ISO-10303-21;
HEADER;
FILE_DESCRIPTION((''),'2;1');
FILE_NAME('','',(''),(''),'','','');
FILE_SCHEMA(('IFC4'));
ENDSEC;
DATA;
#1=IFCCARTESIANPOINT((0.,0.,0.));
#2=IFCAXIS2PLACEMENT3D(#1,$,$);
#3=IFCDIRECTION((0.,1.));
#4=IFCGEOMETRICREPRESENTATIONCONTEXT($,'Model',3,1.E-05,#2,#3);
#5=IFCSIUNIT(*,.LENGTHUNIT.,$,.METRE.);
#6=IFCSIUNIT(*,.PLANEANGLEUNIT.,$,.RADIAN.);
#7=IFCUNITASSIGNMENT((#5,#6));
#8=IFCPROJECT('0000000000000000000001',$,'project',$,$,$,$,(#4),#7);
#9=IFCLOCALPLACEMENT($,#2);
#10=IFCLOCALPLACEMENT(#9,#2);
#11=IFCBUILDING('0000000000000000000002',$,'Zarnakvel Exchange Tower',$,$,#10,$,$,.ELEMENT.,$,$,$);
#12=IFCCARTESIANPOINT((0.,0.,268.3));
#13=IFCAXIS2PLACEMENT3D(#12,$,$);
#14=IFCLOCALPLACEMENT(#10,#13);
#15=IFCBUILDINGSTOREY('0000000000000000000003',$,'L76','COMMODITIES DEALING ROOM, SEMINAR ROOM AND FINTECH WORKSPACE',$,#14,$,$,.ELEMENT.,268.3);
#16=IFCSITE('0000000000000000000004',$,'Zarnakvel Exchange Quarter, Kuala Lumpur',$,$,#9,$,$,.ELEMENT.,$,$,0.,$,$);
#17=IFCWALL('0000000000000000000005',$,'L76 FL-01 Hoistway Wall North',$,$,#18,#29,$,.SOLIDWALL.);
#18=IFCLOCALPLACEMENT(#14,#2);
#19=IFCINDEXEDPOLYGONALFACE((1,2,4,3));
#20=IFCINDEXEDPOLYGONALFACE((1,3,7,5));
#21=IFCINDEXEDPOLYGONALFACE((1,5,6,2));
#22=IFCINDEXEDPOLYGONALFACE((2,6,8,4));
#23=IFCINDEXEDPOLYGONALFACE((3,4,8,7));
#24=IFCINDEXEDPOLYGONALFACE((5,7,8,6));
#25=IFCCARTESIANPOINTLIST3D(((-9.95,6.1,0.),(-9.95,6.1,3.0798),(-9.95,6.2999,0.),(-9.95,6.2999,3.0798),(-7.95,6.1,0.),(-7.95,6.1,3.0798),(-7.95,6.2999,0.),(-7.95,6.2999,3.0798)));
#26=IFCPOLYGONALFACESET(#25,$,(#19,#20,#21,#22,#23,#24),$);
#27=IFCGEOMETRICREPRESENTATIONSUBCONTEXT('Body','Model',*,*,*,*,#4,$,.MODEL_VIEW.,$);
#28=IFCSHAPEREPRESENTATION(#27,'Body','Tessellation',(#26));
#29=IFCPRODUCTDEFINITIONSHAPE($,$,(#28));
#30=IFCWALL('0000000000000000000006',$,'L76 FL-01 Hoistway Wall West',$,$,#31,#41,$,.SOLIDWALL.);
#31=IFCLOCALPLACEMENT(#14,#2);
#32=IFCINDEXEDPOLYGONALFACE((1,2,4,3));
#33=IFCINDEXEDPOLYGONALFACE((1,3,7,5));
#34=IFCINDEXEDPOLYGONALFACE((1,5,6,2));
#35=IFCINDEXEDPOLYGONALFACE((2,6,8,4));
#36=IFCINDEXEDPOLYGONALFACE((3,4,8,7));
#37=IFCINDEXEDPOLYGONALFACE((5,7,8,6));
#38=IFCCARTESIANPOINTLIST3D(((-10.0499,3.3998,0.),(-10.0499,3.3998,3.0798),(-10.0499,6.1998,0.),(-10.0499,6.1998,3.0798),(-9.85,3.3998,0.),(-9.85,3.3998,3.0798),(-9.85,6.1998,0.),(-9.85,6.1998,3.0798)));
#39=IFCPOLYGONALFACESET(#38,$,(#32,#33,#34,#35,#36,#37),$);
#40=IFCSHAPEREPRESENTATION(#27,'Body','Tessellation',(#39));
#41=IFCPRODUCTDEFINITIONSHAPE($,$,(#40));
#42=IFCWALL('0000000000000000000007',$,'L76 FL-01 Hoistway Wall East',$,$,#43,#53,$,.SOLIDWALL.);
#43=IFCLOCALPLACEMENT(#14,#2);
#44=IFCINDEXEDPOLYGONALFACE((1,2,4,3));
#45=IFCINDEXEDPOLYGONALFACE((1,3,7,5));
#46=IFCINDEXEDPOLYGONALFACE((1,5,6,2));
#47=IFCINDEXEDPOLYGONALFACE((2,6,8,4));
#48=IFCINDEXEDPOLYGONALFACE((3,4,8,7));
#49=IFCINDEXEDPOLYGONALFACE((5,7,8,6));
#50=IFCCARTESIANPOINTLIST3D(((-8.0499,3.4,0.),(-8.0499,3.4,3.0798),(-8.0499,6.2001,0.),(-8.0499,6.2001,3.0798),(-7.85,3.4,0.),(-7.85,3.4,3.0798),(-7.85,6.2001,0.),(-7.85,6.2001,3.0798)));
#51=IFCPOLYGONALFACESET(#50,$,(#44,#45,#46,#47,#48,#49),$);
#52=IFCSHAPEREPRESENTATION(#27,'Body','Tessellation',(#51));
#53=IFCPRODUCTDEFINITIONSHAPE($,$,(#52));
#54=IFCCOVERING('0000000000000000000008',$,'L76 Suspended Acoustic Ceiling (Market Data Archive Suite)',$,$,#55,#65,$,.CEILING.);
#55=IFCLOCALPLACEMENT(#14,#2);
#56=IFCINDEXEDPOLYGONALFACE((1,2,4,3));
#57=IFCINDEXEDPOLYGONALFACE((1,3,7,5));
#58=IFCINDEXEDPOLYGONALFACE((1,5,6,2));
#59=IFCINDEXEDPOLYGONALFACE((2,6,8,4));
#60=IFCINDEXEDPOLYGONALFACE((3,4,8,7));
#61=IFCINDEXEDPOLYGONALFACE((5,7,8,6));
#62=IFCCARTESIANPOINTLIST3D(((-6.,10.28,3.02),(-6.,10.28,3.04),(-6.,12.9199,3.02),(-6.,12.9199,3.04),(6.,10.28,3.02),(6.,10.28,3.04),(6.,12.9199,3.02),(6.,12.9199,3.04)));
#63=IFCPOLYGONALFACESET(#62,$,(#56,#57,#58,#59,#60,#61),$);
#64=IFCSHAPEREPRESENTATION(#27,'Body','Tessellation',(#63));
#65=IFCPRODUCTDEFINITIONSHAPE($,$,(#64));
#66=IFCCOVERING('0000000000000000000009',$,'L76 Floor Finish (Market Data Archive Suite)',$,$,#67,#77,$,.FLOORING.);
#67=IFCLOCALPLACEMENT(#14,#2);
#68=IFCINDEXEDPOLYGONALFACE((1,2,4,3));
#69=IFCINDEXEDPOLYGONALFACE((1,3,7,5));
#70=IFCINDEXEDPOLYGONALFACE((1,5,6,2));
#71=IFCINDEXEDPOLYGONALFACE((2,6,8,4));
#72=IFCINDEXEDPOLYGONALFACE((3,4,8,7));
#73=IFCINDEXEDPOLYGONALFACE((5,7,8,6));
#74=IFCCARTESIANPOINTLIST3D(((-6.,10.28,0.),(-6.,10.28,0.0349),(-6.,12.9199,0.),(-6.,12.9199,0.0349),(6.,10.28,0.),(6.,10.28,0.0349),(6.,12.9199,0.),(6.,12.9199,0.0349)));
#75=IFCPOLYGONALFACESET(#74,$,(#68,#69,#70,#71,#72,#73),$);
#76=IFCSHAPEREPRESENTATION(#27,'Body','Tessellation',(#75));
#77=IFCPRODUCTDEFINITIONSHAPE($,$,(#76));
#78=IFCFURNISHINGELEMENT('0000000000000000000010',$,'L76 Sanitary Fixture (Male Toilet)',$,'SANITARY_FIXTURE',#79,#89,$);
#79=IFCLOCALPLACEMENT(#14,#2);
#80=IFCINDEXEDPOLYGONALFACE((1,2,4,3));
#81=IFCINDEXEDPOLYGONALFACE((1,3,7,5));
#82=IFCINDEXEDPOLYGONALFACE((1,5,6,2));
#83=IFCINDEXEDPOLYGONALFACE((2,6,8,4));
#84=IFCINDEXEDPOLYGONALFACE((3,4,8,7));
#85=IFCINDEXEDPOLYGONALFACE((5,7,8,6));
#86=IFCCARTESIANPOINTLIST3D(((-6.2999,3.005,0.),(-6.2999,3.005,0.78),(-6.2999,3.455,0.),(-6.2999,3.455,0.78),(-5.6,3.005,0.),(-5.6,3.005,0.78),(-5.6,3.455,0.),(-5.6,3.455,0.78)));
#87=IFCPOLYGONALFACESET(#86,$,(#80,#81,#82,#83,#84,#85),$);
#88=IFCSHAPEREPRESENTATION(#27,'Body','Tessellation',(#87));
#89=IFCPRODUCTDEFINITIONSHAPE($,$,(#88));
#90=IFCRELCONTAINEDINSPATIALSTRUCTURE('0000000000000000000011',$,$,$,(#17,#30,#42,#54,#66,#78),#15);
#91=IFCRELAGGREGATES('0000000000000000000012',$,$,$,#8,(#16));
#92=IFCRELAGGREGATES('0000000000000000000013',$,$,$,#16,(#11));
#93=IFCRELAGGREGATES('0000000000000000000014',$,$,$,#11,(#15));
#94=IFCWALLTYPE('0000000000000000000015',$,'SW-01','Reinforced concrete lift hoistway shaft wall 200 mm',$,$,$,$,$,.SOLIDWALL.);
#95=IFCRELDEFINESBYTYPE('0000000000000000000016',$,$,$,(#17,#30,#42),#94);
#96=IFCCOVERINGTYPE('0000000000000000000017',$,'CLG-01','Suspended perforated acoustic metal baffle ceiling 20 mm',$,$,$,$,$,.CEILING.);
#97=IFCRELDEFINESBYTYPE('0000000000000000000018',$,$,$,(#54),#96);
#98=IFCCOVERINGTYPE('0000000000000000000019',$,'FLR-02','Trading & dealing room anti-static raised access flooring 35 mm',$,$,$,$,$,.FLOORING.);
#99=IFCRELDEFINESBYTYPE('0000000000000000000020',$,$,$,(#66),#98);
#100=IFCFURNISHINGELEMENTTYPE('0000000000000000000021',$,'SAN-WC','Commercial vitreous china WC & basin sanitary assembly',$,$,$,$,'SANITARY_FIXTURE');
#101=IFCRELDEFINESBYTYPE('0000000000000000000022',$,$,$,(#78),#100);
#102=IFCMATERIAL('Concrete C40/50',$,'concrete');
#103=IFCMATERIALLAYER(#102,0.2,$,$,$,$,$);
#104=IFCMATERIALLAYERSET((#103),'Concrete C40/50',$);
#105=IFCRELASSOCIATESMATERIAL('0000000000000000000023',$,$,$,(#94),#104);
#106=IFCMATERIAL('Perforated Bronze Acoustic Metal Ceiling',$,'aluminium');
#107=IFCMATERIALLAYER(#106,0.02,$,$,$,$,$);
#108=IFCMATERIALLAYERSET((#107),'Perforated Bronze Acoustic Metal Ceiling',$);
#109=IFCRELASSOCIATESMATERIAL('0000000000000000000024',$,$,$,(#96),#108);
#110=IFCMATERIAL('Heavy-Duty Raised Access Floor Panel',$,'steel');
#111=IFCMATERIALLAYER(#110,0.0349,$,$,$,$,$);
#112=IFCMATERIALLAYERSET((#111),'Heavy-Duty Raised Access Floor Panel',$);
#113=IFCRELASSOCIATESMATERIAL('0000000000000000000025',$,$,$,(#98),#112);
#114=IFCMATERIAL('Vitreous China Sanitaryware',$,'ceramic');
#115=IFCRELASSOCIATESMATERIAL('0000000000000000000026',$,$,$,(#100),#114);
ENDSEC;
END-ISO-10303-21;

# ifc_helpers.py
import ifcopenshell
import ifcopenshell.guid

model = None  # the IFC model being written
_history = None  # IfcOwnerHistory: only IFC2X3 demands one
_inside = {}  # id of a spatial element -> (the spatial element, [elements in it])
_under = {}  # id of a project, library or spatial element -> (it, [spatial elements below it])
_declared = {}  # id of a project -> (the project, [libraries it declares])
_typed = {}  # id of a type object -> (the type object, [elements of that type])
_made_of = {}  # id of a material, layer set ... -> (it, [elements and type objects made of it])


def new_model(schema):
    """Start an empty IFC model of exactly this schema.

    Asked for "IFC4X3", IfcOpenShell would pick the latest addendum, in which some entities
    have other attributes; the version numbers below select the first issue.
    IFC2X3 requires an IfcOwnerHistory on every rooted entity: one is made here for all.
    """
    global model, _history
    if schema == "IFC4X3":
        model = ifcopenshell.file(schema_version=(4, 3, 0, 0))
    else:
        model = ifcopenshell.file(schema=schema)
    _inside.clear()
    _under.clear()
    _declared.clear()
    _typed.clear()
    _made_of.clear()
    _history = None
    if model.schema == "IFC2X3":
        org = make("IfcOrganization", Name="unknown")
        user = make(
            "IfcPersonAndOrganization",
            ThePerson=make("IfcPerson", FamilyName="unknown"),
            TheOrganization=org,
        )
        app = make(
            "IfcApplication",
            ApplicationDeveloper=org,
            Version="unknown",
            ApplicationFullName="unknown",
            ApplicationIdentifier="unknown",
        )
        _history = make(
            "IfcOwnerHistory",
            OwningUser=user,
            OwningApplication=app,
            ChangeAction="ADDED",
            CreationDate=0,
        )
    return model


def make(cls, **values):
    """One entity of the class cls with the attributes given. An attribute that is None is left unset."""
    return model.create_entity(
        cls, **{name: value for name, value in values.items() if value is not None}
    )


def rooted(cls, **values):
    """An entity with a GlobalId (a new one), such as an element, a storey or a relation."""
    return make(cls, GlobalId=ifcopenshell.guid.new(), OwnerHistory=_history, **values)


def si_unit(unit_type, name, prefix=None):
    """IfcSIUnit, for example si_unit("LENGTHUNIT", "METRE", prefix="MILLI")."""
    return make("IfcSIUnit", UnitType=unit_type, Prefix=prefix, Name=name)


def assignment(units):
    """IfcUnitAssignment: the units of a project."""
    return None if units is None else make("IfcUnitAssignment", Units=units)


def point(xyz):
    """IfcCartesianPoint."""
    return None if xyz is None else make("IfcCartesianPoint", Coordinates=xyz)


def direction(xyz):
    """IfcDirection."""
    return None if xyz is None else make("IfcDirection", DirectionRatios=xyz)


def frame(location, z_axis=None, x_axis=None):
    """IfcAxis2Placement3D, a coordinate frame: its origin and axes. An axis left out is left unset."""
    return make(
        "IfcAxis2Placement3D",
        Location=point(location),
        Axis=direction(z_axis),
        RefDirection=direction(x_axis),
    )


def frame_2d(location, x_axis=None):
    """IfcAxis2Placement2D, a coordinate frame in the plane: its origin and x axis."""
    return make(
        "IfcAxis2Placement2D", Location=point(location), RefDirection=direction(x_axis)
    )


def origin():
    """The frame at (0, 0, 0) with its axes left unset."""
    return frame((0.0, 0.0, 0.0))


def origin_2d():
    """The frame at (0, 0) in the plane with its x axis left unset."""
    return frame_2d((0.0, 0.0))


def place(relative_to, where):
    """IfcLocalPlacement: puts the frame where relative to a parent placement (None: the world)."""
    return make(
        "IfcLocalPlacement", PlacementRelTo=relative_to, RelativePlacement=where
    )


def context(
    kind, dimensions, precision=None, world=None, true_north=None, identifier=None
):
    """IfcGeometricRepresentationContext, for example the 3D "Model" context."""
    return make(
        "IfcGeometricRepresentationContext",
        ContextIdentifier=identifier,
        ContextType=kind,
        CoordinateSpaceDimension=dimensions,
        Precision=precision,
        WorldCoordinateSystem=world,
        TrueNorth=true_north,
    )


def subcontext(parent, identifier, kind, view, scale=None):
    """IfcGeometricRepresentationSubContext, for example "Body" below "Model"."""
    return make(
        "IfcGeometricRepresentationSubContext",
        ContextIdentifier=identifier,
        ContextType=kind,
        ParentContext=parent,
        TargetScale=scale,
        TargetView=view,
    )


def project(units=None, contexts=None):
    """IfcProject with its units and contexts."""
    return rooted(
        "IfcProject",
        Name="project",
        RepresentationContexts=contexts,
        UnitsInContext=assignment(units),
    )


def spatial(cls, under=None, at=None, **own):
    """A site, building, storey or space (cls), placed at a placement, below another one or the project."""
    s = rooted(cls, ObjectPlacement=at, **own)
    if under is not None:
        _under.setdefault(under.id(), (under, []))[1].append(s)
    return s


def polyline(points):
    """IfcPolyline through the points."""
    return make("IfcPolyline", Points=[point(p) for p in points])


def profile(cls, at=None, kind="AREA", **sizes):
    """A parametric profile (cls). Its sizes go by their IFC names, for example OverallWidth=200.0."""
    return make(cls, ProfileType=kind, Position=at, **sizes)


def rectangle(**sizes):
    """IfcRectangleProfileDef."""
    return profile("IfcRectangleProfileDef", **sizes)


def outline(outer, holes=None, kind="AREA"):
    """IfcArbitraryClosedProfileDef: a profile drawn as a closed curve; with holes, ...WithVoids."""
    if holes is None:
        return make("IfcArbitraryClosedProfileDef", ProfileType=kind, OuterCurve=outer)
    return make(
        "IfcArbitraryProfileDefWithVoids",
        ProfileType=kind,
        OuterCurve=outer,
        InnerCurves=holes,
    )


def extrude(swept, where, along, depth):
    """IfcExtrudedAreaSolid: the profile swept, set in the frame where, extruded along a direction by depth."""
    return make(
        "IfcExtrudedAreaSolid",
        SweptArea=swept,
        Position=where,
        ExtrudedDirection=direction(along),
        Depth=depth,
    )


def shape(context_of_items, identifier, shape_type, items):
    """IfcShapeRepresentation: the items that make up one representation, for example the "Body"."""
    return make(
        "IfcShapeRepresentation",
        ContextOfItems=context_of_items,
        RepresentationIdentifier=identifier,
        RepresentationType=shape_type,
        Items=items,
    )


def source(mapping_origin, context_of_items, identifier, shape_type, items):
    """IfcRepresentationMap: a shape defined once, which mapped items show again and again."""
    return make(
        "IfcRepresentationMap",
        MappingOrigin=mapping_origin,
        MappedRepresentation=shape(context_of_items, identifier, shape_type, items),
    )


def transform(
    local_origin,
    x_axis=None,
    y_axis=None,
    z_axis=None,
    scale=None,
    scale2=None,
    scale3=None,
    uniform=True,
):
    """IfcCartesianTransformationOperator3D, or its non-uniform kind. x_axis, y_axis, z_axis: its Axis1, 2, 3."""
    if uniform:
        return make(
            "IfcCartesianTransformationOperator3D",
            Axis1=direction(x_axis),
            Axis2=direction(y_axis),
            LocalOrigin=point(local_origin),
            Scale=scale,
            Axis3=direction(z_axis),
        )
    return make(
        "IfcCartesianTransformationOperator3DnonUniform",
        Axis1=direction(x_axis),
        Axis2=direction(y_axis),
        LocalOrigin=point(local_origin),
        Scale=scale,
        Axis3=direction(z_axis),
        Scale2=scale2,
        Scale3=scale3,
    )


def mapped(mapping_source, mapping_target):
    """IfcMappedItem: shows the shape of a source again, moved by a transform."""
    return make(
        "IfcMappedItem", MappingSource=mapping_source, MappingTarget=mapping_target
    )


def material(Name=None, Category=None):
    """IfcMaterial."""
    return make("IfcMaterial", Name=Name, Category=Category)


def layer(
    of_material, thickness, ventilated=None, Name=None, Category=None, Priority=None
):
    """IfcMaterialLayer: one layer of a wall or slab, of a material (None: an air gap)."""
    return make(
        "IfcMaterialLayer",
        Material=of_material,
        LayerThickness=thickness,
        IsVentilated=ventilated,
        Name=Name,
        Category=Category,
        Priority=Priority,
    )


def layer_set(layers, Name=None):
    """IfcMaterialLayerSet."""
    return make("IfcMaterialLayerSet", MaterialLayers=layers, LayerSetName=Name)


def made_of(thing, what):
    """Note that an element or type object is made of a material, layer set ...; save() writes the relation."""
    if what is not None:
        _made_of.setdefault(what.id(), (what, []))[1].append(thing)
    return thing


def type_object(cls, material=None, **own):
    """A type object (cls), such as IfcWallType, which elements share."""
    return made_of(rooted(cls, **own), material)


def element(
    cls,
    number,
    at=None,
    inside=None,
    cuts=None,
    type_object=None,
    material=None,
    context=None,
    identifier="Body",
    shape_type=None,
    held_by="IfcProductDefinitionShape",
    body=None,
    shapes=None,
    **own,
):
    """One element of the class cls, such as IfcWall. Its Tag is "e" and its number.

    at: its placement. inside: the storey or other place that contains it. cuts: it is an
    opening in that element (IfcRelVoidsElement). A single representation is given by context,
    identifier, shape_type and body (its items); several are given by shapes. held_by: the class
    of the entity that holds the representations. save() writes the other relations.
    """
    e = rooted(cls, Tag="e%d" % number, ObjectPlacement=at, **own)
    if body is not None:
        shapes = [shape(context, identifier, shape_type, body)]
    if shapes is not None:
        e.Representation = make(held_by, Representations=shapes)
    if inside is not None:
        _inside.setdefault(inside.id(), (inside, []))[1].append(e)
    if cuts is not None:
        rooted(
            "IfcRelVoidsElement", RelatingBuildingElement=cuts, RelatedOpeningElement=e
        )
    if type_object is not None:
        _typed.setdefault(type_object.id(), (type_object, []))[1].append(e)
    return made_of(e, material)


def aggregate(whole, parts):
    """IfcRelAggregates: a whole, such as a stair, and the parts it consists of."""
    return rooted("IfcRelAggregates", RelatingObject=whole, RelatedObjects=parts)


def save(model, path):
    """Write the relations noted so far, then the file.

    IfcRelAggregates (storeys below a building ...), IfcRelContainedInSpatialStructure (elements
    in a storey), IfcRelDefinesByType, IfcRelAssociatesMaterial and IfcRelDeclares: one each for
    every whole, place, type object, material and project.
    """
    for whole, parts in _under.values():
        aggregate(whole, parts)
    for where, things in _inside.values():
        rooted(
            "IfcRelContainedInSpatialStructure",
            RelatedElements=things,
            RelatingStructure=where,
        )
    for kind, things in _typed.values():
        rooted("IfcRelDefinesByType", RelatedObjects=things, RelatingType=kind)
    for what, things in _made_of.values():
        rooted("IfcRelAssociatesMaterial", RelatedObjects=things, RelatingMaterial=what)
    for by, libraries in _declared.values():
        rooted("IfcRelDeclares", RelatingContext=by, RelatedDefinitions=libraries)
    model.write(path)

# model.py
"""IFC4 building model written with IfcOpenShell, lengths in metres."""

from ifc_helpers import new_model, si_unit, direction, frame, frame_2d, origin, origin_2d, place, context, subcontext, project, spatial, polyline, rectangle, outline, extrude, source, transform, mapped, material, layer, layer_set, type_object, element, save


model = new_model("IFC4")

# Units and contexts
model_context = context("Model", 3, precision=1e-05, world=origin(), true_north=direction((0.0, 1.0)))
body_context = subcontext(model_context, "Body", "Model", "MODEL_VIEW")
ifc_project = project(units=[si_unit("LENGTHUNIT", "METRE"), si_unit("PLANEANGLEUNIT", "RADIAN")], contexts=[model_context])

# Site, building, storey
site_placement = place(None, origin())
site = spatial("IfcSite", under=ifc_project, at=site_placement, Name="Zarnakvel Exchange Quarter, Kuala Lumpur", CompositionType="ELEMENT", RefElevation=0.0)
building_placement = place(site_placement, origin())
building = spatial("IfcBuilding", under=site, at=building_placement, Name="Zarnakvel Exchange Tower", CompositionType="ELEMENT")
storey_placement = place(building_placement, frame((0.0, 0.0, 268.3)))
storey = spatial("IfcBuildingStorey", under=building, at=storey_placement, Name="L76", Description="COMMODITIES DEALING ROOM, SEMINAR ROOM AND FINTECH WORKSPACE", CompositionType="ELEMENT", Elevation=268.3)

# Shared definitions
ifc_material_1 = material(Name="Concrete C40/50", Category="concrete")

# Shared definitions
ifc_layer_1 = layer(ifc_material_1, 0.2)
ifc_layer_set_1 = layer_set([ifc_layer_1], Name="Concrete C40/50")
wall_type_1 = type_object("IfcWallType", Name="SW-01", Description="Reinforced concrete lift hoistway shaft wall 200 mm", PredefinedType="SOLIDWALL", material=ifc_layer_set_1)

# Walls
wall_1_placement = place(storey_placement, frame((-9.95, 6.2, 0.0), z_axis=(0.0, 0.0, 1.0), x_axis=(1.0, 0.0, 0.0)))
element("IfcWall", 1, at=wall_1_placement, inside=storey, type_object=wall_type_1, Name="L76 FL-01 Hoistway Wall North", PredefinedType="SOLIDWALL", context=body_context, shape_type="SweptSolid", body=[
    extrude(rectangle(XDim=2.0, YDim=0.2, at=frame_2d((1.0, 0.0))), origin(), (0.0, 0.0, 1.0), 3.0798),
])
for number, where, z_axis, x_axis, name in (
    (2, (-9.95, 3.3999, 0.0), (0.0, 0.0, 1.0), (0.0, 1.0, 0.0), "L76 FL-01 Hoistway Wall West"),
    (3, (-7.95, 6.2, 0.0), (0.0, 0.0, 1.0), (0.0, -1.0, 0.0), "L76 FL-01 Hoistway Wall East"),
):
    element("IfcWall", number, at=place(storey_placement, frame(where, z_axis=z_axis, x_axis=x_axis)), inside=storey, type_object=wall_type_1, Name=name, PredefinedType="SOLIDWALL", context=body_context, shape_type="SweptSolid", body=[
        extrude(rectangle(XDim=2.8, YDim=0.2, at=frame_2d((1.3999, 0.0))), origin(), (0.0, 0.0, 1.0), 3.0798),
    ])

# Coverings
ifc_material_2 = material(Name="Perforated Bronze Acoustic Metal Ceiling", Category="aluminium")
ifc_layer_2 = layer(ifc_material_2, 0.02)
ifc_layer_set_2 = layer_set([ifc_layer_2], Name="Perforated Bronze Acoustic Metal Ceiling")
covering_type_1 = type_object("IfcCoveringType", Name="CLG-01", Description="Suspended perforated acoustic metal baffle ceiling 20 mm", PredefinedType="CEILING", material=ifc_layer_set_2)
covering_1_placement = place(storey_placement, frame((0.0, 0.0, 3.02)))
element("IfcCovering", 4, at=covering_1_placement, inside=storey, type_object=covering_type_1, Name="L76 Suspended Acoustic Ceiling (Market Data Archive Suite)", PredefinedType="CEILING", context=body_context, shape_type="SweptSolid", body=[
    extrude(outline(polyline([(-6.0, 12.9199), (6.0, 12.9199), (6.0, 10.28), (-6.0, 10.28), (-6.0, 12.9199)])), origin(), (0.0, 0.0, 1.0), 0.02),
])
ifc_material_3 = material(Name="Heavy-Duty Raised Access Floor Panel", Category="steel")
ifc_layer_3 = layer(ifc_material_3, 0.0349)
ifc_layer_set_3 = layer_set([ifc_layer_3], Name="Heavy-Duty Raised Access Floor Panel")
covering_type_2 = type_object("IfcCoveringType", Name="FLR-02", Description="Trading & dealing room anti-static raised access flooring 35 mm", PredefinedType="FLOORING", material=ifc_layer_set_3)
covering_2_placement = place(storey_placement, origin())
element("IfcCovering", 5, at=covering_2_placement, inside=storey, type_object=covering_type_2, Name="L76 Floor Finish (Market Data Archive Suite)", PredefinedType="FLOORING", context=body_context, shape_type="SweptSolid", body=[
    extrude(outline(polyline([(-6.0, 12.9199), (6.0, 12.9199), (6.0, 10.28), (-6.0, 10.28), (-6.0, 12.9199)])), origin(), (0.0, 0.0, 1.0), 0.0349),
])

# Furnishing element
ifc_material_4 = material(Name="Vitreous China Sanitaryware", Category="ceramic")
furnishing_element_type = type_object("IfcFurnishingElementType", Name="SAN-WC", Description="Commercial vitreous china WC & basin sanitary assembly", ElementType="SANITARY_FIXTURE", material=ifc_material_4)
shared_shape_1 = source(origin(), body_context, "Body", "SweptSolid", [
    extrude(rectangle(XDim=0.7, YDim=0.45, at=origin_2d()), origin(), (0.0, 0.0, 1.0), 0.78),
])
furnishing_placement = place(storey_placement, frame((-5.95, 3.23, 0.0), z_axis=(0.0, 0.0, 1.0), x_axis=(1.0, 0.0, 0.0)))
element("IfcFurnishingElement", 6, at=furnishing_placement, inside=storey, type_object=furnishing_element_type, Name="L76 Sanitary Fixture (Male Toilet)", ObjectType="SANITARY_FIXTURE", context=body_context, shape_type="MappedRepresentation", body=[
    mapped(shared_shape_1, transform((0.0, 0.0, 0.0), x_axis=(1.0, 0.0, 0.0), y_axis=(0.0, 1.0, 0.0), z_axis=(0.0, 0.0, 1.0), scale=1.0)),
])

save(model, "model.ifc")
